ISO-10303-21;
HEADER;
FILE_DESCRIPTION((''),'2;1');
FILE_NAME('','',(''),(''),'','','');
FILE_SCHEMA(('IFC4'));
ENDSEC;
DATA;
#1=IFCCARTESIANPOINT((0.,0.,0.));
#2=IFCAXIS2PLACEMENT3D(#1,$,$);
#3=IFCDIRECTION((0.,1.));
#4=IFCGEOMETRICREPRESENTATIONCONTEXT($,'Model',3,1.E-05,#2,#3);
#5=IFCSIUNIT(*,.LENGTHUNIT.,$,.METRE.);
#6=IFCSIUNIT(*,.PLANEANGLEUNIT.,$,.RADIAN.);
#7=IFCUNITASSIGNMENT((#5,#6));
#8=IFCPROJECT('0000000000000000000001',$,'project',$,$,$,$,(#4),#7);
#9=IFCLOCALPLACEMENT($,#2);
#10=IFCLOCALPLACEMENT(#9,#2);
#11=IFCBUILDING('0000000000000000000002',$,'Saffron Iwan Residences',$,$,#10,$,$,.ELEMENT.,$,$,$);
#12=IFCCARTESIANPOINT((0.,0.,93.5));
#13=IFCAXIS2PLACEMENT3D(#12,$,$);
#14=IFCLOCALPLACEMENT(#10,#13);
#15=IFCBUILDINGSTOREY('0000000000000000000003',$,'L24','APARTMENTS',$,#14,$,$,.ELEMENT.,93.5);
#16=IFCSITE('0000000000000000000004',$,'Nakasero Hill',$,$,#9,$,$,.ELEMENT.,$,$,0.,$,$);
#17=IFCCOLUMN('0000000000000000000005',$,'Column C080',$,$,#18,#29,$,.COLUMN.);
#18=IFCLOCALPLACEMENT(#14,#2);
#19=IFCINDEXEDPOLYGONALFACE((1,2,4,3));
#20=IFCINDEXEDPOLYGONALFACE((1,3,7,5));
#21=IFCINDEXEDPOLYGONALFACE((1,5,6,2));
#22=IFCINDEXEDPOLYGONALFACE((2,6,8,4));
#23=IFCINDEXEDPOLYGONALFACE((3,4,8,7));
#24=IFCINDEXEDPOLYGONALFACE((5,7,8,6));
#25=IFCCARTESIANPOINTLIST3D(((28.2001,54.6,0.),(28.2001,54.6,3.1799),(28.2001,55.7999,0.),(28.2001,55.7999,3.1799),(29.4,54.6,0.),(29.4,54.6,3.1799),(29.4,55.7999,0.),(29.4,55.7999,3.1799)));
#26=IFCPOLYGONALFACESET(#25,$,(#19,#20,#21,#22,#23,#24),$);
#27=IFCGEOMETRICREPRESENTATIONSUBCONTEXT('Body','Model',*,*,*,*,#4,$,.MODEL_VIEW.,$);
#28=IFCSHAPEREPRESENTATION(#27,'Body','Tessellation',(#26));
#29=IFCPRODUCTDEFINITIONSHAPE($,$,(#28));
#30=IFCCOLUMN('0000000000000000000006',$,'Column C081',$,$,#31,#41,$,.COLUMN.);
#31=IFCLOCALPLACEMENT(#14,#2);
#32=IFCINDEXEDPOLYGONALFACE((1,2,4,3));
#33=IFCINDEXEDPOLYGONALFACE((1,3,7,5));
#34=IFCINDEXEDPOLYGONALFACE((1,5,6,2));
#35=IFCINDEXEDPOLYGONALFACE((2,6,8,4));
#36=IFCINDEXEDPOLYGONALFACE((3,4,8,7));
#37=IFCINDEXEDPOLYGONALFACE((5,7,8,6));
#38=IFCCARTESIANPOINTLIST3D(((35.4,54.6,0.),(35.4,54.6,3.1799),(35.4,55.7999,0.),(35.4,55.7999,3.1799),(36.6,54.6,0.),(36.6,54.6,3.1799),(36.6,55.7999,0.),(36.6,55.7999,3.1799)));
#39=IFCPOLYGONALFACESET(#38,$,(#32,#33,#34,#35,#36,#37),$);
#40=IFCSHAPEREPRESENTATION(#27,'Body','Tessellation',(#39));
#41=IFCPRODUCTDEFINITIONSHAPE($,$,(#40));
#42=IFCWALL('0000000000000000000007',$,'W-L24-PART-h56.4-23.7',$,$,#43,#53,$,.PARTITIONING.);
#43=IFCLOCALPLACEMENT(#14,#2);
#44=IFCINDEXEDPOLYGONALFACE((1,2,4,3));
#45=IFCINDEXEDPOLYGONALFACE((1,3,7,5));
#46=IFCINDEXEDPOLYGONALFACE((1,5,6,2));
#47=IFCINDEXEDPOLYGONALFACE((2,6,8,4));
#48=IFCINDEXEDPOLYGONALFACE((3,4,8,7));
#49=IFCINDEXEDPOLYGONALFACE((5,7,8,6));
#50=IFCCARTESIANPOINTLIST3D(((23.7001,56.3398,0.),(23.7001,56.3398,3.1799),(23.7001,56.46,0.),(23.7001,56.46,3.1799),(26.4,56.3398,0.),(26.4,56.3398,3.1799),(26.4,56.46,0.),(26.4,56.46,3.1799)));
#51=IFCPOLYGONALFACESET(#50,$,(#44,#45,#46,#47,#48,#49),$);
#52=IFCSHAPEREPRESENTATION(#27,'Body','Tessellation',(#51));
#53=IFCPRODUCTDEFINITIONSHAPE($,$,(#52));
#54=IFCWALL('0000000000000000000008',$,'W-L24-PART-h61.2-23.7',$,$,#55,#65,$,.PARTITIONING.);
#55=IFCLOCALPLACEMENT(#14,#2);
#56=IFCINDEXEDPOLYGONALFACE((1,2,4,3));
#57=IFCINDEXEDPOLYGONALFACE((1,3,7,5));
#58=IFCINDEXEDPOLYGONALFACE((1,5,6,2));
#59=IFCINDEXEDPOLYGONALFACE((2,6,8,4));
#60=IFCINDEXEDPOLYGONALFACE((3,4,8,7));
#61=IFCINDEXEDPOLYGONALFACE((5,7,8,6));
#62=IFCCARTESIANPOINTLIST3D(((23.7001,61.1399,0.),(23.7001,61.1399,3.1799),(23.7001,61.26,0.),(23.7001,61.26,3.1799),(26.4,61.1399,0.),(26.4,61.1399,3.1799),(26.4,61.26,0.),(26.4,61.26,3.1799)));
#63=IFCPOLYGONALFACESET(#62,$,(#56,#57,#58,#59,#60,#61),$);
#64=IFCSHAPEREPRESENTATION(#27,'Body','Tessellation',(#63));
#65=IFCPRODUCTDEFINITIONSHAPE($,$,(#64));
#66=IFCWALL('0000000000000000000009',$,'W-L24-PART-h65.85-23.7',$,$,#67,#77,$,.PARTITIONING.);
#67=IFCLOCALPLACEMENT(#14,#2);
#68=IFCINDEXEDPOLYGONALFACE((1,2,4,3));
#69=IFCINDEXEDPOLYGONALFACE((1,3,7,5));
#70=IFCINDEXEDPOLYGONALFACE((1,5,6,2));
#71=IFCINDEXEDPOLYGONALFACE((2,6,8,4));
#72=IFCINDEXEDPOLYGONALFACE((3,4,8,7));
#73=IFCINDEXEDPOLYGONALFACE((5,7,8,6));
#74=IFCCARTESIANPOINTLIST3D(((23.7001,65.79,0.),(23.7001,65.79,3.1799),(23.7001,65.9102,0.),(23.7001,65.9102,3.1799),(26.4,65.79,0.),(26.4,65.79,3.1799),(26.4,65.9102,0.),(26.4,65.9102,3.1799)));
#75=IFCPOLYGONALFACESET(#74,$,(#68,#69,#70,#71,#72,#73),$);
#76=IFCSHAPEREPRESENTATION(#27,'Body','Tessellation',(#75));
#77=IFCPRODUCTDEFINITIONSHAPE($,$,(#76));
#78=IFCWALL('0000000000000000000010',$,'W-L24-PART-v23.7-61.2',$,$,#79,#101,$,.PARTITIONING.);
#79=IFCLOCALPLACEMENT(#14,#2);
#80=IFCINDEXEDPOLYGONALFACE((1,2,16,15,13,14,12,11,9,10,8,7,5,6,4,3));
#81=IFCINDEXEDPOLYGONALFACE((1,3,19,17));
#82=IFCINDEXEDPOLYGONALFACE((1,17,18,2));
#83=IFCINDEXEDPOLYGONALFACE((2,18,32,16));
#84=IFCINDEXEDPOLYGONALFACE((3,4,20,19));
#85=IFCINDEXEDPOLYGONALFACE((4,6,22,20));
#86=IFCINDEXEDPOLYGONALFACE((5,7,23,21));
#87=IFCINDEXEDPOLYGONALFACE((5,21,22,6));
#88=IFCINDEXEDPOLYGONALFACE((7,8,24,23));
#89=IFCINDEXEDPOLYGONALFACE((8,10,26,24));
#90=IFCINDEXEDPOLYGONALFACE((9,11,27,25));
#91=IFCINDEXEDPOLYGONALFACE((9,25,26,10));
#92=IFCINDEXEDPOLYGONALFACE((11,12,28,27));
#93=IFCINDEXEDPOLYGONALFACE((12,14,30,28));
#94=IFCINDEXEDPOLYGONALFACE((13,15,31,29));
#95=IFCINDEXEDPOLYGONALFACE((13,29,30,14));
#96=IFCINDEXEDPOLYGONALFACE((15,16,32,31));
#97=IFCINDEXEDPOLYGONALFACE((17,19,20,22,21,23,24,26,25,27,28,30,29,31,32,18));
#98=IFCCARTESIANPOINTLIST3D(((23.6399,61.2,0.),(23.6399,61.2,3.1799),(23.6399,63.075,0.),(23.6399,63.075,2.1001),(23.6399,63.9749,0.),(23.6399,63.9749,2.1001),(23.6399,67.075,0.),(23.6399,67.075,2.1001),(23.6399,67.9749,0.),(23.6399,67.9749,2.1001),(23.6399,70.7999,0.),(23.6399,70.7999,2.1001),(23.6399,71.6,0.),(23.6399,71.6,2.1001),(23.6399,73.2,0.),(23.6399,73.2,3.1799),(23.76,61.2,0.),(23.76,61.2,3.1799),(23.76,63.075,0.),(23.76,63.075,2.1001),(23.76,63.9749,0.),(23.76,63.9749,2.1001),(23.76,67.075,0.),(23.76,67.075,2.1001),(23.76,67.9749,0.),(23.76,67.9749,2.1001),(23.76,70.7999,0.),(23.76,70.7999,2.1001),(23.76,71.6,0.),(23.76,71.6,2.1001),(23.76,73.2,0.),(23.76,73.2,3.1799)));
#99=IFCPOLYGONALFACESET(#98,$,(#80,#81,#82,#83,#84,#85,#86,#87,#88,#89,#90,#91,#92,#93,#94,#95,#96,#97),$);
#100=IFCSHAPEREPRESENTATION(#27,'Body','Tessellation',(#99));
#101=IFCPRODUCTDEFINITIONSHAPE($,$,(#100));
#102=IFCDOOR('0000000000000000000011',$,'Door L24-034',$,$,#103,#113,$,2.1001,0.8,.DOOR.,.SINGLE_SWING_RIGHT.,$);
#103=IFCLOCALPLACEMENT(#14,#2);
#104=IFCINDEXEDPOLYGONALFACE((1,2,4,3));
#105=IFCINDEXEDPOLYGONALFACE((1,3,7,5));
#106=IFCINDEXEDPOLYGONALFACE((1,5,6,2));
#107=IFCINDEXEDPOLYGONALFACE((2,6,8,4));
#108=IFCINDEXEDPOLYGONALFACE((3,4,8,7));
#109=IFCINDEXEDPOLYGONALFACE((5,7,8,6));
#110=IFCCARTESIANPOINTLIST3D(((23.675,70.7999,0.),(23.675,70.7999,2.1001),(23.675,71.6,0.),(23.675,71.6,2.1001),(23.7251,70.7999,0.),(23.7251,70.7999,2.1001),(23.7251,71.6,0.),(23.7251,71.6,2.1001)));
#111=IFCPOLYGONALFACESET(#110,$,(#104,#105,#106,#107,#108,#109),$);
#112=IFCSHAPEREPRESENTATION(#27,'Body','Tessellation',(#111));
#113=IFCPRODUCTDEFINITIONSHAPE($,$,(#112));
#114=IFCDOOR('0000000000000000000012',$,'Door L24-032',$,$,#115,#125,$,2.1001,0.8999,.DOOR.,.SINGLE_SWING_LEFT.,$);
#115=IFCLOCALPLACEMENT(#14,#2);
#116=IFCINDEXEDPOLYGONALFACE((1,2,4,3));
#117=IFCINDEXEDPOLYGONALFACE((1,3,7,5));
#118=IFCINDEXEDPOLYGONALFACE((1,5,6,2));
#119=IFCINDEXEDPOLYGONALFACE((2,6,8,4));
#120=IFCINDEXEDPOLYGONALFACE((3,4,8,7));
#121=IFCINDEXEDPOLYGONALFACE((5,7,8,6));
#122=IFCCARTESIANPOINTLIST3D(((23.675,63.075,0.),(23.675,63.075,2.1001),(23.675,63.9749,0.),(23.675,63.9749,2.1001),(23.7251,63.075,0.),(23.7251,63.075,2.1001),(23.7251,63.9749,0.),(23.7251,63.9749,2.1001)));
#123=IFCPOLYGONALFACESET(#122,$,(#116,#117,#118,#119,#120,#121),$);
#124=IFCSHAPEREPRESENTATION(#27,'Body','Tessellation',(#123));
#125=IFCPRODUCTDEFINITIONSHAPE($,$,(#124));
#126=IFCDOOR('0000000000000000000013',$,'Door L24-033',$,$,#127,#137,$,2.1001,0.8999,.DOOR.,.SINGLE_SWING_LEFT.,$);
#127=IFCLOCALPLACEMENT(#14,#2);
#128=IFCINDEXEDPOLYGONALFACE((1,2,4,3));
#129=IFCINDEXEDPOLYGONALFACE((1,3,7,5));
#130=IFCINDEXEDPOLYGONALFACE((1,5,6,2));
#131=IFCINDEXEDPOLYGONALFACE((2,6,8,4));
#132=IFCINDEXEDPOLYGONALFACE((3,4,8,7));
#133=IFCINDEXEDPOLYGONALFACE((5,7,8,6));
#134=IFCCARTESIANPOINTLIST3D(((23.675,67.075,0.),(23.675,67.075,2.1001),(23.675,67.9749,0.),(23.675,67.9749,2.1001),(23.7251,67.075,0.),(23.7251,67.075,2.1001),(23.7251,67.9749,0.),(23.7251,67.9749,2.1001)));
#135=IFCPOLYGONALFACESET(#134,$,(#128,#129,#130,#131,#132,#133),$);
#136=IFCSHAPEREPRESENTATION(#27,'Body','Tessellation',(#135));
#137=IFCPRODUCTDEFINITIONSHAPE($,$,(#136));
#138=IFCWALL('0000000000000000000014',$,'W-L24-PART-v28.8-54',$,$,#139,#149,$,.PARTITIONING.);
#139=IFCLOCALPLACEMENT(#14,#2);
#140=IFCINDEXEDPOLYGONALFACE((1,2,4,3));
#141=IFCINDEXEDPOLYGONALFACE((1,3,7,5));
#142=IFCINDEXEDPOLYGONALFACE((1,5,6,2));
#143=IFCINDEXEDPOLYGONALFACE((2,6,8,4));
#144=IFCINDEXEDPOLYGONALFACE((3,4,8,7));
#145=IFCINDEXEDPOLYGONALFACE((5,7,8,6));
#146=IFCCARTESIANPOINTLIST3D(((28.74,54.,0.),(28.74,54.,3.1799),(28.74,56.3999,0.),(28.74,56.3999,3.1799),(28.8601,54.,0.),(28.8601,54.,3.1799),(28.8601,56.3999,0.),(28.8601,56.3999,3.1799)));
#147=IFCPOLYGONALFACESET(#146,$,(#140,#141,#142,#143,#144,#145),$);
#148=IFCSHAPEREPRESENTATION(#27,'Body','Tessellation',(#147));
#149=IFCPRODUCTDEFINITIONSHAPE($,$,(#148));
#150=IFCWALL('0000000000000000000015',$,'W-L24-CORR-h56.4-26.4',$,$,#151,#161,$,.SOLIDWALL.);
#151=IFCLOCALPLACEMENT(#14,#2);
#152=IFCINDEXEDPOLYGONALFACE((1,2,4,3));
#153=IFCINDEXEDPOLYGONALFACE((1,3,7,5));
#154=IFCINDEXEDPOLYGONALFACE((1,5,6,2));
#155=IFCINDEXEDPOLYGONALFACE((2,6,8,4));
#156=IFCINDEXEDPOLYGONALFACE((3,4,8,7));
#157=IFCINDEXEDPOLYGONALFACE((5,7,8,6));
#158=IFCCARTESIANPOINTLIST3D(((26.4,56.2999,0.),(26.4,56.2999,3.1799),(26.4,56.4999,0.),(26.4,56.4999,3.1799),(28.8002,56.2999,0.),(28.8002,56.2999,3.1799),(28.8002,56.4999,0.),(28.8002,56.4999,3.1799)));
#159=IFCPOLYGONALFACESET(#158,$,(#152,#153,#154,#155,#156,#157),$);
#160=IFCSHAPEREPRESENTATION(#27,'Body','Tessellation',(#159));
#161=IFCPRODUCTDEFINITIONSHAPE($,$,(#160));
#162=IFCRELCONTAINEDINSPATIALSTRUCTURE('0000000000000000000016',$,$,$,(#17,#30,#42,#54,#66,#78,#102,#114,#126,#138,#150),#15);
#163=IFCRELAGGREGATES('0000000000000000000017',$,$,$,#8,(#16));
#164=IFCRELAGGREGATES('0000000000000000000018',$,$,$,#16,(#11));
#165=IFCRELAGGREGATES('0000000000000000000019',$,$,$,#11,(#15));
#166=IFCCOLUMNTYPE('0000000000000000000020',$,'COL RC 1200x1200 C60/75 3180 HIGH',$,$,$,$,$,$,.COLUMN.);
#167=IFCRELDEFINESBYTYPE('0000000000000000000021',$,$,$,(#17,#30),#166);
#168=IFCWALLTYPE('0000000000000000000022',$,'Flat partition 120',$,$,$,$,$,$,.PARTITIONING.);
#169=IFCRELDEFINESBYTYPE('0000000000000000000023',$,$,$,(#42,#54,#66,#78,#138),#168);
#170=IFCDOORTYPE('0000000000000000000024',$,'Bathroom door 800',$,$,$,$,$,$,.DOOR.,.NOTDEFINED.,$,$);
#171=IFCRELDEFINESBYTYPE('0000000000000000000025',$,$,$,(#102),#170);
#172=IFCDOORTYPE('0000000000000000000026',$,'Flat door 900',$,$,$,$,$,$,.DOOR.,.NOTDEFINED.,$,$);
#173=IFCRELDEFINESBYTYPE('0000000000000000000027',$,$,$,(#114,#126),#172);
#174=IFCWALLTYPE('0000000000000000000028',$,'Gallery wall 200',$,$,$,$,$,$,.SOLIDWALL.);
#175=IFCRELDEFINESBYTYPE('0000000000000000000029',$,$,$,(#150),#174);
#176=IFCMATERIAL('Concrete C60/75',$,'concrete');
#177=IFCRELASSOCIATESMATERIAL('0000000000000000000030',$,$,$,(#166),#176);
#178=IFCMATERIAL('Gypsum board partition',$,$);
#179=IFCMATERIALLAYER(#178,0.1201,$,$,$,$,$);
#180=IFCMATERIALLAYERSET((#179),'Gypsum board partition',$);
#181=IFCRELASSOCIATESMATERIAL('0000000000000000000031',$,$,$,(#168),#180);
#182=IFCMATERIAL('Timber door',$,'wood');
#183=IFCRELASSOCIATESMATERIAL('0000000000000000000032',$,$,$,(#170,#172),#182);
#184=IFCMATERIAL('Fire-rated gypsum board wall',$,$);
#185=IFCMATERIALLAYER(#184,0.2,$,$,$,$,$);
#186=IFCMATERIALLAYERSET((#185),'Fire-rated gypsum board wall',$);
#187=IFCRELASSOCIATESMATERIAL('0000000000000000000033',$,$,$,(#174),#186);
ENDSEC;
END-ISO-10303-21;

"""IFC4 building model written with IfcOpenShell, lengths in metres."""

from ifc_helpers import new_model, si_unit, direction, frame, frame_2d, origin, origin_2d, place, context, subcontext, project, spatial, rectangle, extrude, source, transform, mapped, material, layer, layer_set, material_profile, profile_set, type_object, element, fill, save


model = new_model("IFC4")

# Units and contexts
model_context = context("Model", 3, precision=1e-05, world=origin(), true_north=direction((0.0, 1.0)))
body_context = subcontext(model_context, "Body", "Model", "MODEL_VIEW")
ifc_project = project(units=[si_unit("LENGTHUNIT", "METRE"), si_unit("PLANEANGLEUNIT", "RADIAN")], contexts=[model_context])

# Site, building, storey
site_placement = place(None, origin())
site = spatial("IfcSite", under=ifc_project, at=site_placement, Name="Nakasero Hill", CompositionType="ELEMENT", RefElevation=0.0)
building_placement = place(site_placement, origin())
building = spatial("IfcBuilding", under=site, at=building_placement, Name="Saffron Iwan Residences", CompositionType="ELEMENT")
storey_placement = place(building_placement, frame((0.0, 0.0, 93.5)))
storey = spatial("IfcBuildingStorey", under=building, at=storey_placement, Name="L24", Description="APARTMENTS", CompositionType="ELEMENT", Elevation=93.5)

# Columns
ifc_material_1 = material(Name="Concrete C60/75", Category="concrete")
ifc_material_profile = material_profile(ifc_material_1, rectangle(XDim=1.2, YDim=1.2, at=origin_2d()), Name="RC 1200x1200")
ifc_profile_set = profile_set([ifc_material_profile], Name="Concrete C60/75")
column_type = type_object("IfcColumnType", Name="COL RC 1200x1200 C60/75 3180 HIGH", PredefinedType="COLUMN", material=ifc_profile_set)
shared_shape = source(origin(), body_context, "Body", "SweptSolid", [
    extrude(rectangle(XDim=1.2, YDim=1.2, at=origin_2d()), origin(), (0.0, 0.0, 1.0), 3.1799),
])
for number, where, z_axis, x_axis, name in (
    (1, (28.8, 55.2, 0.0), (0.0, 0.0, 1.0), (1.0, 0.0, 0.0), "Column C080"),
    (2, (36.0, 55.2, 0.0), (0.0, 0.0, 1.0), (1.0, 0.0, 0.0), "Column C081"),
):
    element("IfcColumn", number, at=place(storey_placement, frame(where, z_axis=z_axis, x_axis=x_axis)), inside=storey, type_object=column_type, Name=name, PredefinedType="COLUMN", context=body_context, shape_type="MappedRepresentation", body=[
        mapped(shared_shape, transform((0.0, 0.0, 0.0))),
    ])

# Walls
ifc_material_2 = material(Name="Gypsum board partition")
ifc_layer_1 = layer(ifc_material_2, 0.1201)
ifc_layer_set_1 = layer_set([ifc_layer_1], Name="Gypsum board partition")
wall_type_1 = type_object("IfcWallType", Name="Flat partition 120", PredefinedType="PARTITIONING", material=ifc_layer_set_1)
for number, where, z_axis, x_axis, name in (
    (3, (23.7, 56.3999, 0.0), (0.0, 0.0, 1.0), (1.0, 0.0, 0.0), "W-L24-PART-h56.4-23.7"),
    (4, (23.7, 61.2, 0.0), (0.0, 0.0, 1.0), (1.0, 0.0, 0.0), "W-L24-PART-h61.2-23.7"),
    (5, (23.7, 65.8501, 0.0), (0.0, 0.0, 1.0), (1.0, 0.0, 0.0), "W-L24-PART-h65.85-23.7"),
):
    element("IfcWall", number, at=place(storey_placement, frame(where, z_axis=z_axis, x_axis=x_axis)), inside=storey, type_object=wall_type_1, Name=name, PredefinedType="PARTITIONING", context=body_context, shape_type="SweptSolid", body=[
        extrude(rectangle(XDim=2.7, YDim=0.1201, at=frame_2d((1.3501, 0.0))), origin(), (0.0, 0.0, 1.0), 3.1799),
    ])

# Wall, openings, doors
wall_1_placement = place(storey_placement, frame((23.7, 61.2, 0.0), z_axis=(0.0, 0.0, 1.0), x_axis=(0.0, 1.0, 0.0)))
wall_1 = element("IfcWall", 6, at=wall_1_placement, inside=storey, type_object=wall_type_1, Name="W-L24-PART-v23.7-61.2", PredefinedType="PARTITIONING", context=body_context, shape_type="SweptSolid", body=[
    extrude(rectangle(XDim=12.0, YDim=0.1201, at=frame_2d((6.0, 0.0))), origin(), (0.0, 0.0, 1.0), 3.1799),
])
opening_1_placement = place(wall_1_placement, frame((1.875, 0.0, 0.0)))
opening_1 = element("IfcOpeningElement", 7, at=opening_1_placement, cuts=wall_1, PredefinedType="OPENING", context=body_context, shape_type="SweptSolid", body=[
    extrude(rectangle(XDim=0.8999, YDim=2.1001, at=frame_2d((0.45, 1.05))), frame((0.0, 0.0701, 0.0), z_axis=(0.0, -1.0, 0.0), x_axis=(1.0, 0.0, 0.0)), (0.0, 0.0, 1.0), 0.1401),
])
opening_2_placement = place(wall_1_placement, frame((5.875, 0.0, 0.0)))
opening_2 = element("IfcOpeningElement", 8, at=opening_2_placement, cuts=wall_1, PredefinedType="OPENING", context=body_context, shape_type="SweptSolid", body=[
    extrude(rectangle(XDim=0.8999, YDim=2.1001, at=frame_2d((0.45, 1.05))), frame((0.0, 0.0701, 0.0), z_axis=(0.0, -1.0, 0.0), x_axis=(1.0, 0.0, 0.0)), (0.0, 0.0, 1.0), 0.1401),
])
opening_3_placement = place(wall_1_placement, frame((9.6001, 0.0, 0.0)))
opening_3 = element("IfcOpeningElement", 9, at=opening_3_placement, cuts=wall_1, PredefinedType="OPENING", context=body_context, shape_type="SweptSolid", body=[
    extrude(rectangle(XDim=0.8, YDim=2.1001, at=frame_2d((0.3999, 1.05))), frame((0.0, 0.0701, 0.0), z_axis=(0.0, -1.0, 0.0), x_axis=(1.0, 0.0, 0.0)), (0.0, 0.0, 1.0), 0.1401),
])
ifc_material_3 = material(Name="Timber door", Category="wood")
door_type_1 = type_object("IfcDoorType", Name="Bathroom door 800", OperationType="NOTDEFINED", PredefinedType="DOOR", material=ifc_material_3)
door_1_placement = place(opening_3_placement, origin())
door_1 = element("IfcDoor", 10, at=door_1_placement, inside=storey, type_object=door_type_1, Name="Door L24-034", OperationType="SINGLE_SWING_RIGHT", OverallHeight=2.1001, OverallWidth=0.8, PredefinedType="DOOR", context=body_context, shape_type="SweptSolid", body=[
    extrude(rectangle(XDim=0.8, YDim=2.1001, at=frame_2d((0.3999, 1.05))), frame((0.0, 0.0249, 0.0), z_axis=(0.0, -1.0, 0.0), x_axis=(1.0, 0.0, 0.0)), (0.0, 0.0, 1.0), 0.05),
])
fill(opening_3, door_1)
door_type_2 = type_object("IfcDoorType", Name="Flat door 900", OperationType="NOTDEFINED", PredefinedType="DOOR", material=ifc_material_3)
door_2_placement = place(opening_1_placement, origin())
door_2 = element("IfcDoor", 11, at=door_2_placement, inside=storey, type_object=door_type_2, Name="Door L24-032", OperationType="SINGLE_SWING_LEFT", OverallHeight=2.1001, OverallWidth=0.8999, PredefinedType="DOOR", context=body_context, shape_type="SweptSolid", body=[
    extrude(rectangle(XDim=0.8999, YDim=2.1001, at=frame_2d((0.45, 1.05))), frame((0.0, 0.0249, 0.0), z_axis=(0.0, -1.0, 0.0), x_axis=(1.0, 0.0, 0.0)), (0.0, 0.0, 1.0), 0.05),
])
fill(opening_1, door_2)
door_3_placement = place(opening_2_placement, origin())
door_3 = element("IfcDoor", 12, at=door_3_placement, inside=storey, type_object=door_type_2, Name="Door L24-033", OperationType="SINGLE_SWING_LEFT", OverallHeight=2.1001, OverallWidth=0.8999, PredefinedType="DOOR", context=body_context, shape_type="SweptSolid", body=[
    extrude(rectangle(XDim=0.8999, YDim=2.1001, at=frame_2d((0.45, 1.05))), frame((0.0, 0.0249, 0.0), z_axis=(0.0, -1.0, 0.0), x_axis=(1.0, 0.0, 0.0)), (0.0, 0.0, 1.0), 0.05),
])
fill(opening_2, door_3)

# Walls
wall_2_placement = place(storey_placement, frame((28.8, 54.0, 0.0), z_axis=(0.0, 0.0, 1.0), x_axis=(0.0, 1.0, 0.0)))
element("IfcWall", 13, at=wall_2_placement, inside=storey, type_object=wall_type_1, Name="W-L24-PART-v28.8-54", PredefinedType="PARTITIONING", context=body_context, shape_type="SweptSolid", body=[
    extrude(rectangle(XDim=2.3999, YDim=0.1201, at=frame_2d((1.2, 0.0))), origin(), (0.0, 0.0, 1.0), 3.1799),
])
ifc_material_4 = material(Name="Fire-rated gypsum board wall")
ifc_layer_2 = layer(ifc_material_4, 0.2)
ifc_layer_set_2 = layer_set([ifc_layer_2], Name="Fire-rated gypsum board wall")
wall_type_2 = type_object("IfcWallType", Name="Gallery wall 200", PredefinedType="SOLIDWALL", material=ifc_layer_set_2)
wall_3_placement = place(storey_placement, frame((26.3999, 56.3999, 0.0), z_axis=(0.0, 0.0, 1.0), x_axis=(1.0, 0.0, 0.0)))
element("IfcWall", 14, at=wall_3_placement, inside=storey, type_object=wall_type_2, Name="W-L24-CORR-h56.4-26.4", PredefinedType="SOLIDWALL", context=body_context, shape_type="SweptSolid", body=[
    extrude(rectangle(XDim=2.4001, YDim=0.2, at=frame_2d((1.2002, 0.0))), origin(), (0.0, 0.0, 1.0), 3.1799),
])

save(model, "model.ifc")
